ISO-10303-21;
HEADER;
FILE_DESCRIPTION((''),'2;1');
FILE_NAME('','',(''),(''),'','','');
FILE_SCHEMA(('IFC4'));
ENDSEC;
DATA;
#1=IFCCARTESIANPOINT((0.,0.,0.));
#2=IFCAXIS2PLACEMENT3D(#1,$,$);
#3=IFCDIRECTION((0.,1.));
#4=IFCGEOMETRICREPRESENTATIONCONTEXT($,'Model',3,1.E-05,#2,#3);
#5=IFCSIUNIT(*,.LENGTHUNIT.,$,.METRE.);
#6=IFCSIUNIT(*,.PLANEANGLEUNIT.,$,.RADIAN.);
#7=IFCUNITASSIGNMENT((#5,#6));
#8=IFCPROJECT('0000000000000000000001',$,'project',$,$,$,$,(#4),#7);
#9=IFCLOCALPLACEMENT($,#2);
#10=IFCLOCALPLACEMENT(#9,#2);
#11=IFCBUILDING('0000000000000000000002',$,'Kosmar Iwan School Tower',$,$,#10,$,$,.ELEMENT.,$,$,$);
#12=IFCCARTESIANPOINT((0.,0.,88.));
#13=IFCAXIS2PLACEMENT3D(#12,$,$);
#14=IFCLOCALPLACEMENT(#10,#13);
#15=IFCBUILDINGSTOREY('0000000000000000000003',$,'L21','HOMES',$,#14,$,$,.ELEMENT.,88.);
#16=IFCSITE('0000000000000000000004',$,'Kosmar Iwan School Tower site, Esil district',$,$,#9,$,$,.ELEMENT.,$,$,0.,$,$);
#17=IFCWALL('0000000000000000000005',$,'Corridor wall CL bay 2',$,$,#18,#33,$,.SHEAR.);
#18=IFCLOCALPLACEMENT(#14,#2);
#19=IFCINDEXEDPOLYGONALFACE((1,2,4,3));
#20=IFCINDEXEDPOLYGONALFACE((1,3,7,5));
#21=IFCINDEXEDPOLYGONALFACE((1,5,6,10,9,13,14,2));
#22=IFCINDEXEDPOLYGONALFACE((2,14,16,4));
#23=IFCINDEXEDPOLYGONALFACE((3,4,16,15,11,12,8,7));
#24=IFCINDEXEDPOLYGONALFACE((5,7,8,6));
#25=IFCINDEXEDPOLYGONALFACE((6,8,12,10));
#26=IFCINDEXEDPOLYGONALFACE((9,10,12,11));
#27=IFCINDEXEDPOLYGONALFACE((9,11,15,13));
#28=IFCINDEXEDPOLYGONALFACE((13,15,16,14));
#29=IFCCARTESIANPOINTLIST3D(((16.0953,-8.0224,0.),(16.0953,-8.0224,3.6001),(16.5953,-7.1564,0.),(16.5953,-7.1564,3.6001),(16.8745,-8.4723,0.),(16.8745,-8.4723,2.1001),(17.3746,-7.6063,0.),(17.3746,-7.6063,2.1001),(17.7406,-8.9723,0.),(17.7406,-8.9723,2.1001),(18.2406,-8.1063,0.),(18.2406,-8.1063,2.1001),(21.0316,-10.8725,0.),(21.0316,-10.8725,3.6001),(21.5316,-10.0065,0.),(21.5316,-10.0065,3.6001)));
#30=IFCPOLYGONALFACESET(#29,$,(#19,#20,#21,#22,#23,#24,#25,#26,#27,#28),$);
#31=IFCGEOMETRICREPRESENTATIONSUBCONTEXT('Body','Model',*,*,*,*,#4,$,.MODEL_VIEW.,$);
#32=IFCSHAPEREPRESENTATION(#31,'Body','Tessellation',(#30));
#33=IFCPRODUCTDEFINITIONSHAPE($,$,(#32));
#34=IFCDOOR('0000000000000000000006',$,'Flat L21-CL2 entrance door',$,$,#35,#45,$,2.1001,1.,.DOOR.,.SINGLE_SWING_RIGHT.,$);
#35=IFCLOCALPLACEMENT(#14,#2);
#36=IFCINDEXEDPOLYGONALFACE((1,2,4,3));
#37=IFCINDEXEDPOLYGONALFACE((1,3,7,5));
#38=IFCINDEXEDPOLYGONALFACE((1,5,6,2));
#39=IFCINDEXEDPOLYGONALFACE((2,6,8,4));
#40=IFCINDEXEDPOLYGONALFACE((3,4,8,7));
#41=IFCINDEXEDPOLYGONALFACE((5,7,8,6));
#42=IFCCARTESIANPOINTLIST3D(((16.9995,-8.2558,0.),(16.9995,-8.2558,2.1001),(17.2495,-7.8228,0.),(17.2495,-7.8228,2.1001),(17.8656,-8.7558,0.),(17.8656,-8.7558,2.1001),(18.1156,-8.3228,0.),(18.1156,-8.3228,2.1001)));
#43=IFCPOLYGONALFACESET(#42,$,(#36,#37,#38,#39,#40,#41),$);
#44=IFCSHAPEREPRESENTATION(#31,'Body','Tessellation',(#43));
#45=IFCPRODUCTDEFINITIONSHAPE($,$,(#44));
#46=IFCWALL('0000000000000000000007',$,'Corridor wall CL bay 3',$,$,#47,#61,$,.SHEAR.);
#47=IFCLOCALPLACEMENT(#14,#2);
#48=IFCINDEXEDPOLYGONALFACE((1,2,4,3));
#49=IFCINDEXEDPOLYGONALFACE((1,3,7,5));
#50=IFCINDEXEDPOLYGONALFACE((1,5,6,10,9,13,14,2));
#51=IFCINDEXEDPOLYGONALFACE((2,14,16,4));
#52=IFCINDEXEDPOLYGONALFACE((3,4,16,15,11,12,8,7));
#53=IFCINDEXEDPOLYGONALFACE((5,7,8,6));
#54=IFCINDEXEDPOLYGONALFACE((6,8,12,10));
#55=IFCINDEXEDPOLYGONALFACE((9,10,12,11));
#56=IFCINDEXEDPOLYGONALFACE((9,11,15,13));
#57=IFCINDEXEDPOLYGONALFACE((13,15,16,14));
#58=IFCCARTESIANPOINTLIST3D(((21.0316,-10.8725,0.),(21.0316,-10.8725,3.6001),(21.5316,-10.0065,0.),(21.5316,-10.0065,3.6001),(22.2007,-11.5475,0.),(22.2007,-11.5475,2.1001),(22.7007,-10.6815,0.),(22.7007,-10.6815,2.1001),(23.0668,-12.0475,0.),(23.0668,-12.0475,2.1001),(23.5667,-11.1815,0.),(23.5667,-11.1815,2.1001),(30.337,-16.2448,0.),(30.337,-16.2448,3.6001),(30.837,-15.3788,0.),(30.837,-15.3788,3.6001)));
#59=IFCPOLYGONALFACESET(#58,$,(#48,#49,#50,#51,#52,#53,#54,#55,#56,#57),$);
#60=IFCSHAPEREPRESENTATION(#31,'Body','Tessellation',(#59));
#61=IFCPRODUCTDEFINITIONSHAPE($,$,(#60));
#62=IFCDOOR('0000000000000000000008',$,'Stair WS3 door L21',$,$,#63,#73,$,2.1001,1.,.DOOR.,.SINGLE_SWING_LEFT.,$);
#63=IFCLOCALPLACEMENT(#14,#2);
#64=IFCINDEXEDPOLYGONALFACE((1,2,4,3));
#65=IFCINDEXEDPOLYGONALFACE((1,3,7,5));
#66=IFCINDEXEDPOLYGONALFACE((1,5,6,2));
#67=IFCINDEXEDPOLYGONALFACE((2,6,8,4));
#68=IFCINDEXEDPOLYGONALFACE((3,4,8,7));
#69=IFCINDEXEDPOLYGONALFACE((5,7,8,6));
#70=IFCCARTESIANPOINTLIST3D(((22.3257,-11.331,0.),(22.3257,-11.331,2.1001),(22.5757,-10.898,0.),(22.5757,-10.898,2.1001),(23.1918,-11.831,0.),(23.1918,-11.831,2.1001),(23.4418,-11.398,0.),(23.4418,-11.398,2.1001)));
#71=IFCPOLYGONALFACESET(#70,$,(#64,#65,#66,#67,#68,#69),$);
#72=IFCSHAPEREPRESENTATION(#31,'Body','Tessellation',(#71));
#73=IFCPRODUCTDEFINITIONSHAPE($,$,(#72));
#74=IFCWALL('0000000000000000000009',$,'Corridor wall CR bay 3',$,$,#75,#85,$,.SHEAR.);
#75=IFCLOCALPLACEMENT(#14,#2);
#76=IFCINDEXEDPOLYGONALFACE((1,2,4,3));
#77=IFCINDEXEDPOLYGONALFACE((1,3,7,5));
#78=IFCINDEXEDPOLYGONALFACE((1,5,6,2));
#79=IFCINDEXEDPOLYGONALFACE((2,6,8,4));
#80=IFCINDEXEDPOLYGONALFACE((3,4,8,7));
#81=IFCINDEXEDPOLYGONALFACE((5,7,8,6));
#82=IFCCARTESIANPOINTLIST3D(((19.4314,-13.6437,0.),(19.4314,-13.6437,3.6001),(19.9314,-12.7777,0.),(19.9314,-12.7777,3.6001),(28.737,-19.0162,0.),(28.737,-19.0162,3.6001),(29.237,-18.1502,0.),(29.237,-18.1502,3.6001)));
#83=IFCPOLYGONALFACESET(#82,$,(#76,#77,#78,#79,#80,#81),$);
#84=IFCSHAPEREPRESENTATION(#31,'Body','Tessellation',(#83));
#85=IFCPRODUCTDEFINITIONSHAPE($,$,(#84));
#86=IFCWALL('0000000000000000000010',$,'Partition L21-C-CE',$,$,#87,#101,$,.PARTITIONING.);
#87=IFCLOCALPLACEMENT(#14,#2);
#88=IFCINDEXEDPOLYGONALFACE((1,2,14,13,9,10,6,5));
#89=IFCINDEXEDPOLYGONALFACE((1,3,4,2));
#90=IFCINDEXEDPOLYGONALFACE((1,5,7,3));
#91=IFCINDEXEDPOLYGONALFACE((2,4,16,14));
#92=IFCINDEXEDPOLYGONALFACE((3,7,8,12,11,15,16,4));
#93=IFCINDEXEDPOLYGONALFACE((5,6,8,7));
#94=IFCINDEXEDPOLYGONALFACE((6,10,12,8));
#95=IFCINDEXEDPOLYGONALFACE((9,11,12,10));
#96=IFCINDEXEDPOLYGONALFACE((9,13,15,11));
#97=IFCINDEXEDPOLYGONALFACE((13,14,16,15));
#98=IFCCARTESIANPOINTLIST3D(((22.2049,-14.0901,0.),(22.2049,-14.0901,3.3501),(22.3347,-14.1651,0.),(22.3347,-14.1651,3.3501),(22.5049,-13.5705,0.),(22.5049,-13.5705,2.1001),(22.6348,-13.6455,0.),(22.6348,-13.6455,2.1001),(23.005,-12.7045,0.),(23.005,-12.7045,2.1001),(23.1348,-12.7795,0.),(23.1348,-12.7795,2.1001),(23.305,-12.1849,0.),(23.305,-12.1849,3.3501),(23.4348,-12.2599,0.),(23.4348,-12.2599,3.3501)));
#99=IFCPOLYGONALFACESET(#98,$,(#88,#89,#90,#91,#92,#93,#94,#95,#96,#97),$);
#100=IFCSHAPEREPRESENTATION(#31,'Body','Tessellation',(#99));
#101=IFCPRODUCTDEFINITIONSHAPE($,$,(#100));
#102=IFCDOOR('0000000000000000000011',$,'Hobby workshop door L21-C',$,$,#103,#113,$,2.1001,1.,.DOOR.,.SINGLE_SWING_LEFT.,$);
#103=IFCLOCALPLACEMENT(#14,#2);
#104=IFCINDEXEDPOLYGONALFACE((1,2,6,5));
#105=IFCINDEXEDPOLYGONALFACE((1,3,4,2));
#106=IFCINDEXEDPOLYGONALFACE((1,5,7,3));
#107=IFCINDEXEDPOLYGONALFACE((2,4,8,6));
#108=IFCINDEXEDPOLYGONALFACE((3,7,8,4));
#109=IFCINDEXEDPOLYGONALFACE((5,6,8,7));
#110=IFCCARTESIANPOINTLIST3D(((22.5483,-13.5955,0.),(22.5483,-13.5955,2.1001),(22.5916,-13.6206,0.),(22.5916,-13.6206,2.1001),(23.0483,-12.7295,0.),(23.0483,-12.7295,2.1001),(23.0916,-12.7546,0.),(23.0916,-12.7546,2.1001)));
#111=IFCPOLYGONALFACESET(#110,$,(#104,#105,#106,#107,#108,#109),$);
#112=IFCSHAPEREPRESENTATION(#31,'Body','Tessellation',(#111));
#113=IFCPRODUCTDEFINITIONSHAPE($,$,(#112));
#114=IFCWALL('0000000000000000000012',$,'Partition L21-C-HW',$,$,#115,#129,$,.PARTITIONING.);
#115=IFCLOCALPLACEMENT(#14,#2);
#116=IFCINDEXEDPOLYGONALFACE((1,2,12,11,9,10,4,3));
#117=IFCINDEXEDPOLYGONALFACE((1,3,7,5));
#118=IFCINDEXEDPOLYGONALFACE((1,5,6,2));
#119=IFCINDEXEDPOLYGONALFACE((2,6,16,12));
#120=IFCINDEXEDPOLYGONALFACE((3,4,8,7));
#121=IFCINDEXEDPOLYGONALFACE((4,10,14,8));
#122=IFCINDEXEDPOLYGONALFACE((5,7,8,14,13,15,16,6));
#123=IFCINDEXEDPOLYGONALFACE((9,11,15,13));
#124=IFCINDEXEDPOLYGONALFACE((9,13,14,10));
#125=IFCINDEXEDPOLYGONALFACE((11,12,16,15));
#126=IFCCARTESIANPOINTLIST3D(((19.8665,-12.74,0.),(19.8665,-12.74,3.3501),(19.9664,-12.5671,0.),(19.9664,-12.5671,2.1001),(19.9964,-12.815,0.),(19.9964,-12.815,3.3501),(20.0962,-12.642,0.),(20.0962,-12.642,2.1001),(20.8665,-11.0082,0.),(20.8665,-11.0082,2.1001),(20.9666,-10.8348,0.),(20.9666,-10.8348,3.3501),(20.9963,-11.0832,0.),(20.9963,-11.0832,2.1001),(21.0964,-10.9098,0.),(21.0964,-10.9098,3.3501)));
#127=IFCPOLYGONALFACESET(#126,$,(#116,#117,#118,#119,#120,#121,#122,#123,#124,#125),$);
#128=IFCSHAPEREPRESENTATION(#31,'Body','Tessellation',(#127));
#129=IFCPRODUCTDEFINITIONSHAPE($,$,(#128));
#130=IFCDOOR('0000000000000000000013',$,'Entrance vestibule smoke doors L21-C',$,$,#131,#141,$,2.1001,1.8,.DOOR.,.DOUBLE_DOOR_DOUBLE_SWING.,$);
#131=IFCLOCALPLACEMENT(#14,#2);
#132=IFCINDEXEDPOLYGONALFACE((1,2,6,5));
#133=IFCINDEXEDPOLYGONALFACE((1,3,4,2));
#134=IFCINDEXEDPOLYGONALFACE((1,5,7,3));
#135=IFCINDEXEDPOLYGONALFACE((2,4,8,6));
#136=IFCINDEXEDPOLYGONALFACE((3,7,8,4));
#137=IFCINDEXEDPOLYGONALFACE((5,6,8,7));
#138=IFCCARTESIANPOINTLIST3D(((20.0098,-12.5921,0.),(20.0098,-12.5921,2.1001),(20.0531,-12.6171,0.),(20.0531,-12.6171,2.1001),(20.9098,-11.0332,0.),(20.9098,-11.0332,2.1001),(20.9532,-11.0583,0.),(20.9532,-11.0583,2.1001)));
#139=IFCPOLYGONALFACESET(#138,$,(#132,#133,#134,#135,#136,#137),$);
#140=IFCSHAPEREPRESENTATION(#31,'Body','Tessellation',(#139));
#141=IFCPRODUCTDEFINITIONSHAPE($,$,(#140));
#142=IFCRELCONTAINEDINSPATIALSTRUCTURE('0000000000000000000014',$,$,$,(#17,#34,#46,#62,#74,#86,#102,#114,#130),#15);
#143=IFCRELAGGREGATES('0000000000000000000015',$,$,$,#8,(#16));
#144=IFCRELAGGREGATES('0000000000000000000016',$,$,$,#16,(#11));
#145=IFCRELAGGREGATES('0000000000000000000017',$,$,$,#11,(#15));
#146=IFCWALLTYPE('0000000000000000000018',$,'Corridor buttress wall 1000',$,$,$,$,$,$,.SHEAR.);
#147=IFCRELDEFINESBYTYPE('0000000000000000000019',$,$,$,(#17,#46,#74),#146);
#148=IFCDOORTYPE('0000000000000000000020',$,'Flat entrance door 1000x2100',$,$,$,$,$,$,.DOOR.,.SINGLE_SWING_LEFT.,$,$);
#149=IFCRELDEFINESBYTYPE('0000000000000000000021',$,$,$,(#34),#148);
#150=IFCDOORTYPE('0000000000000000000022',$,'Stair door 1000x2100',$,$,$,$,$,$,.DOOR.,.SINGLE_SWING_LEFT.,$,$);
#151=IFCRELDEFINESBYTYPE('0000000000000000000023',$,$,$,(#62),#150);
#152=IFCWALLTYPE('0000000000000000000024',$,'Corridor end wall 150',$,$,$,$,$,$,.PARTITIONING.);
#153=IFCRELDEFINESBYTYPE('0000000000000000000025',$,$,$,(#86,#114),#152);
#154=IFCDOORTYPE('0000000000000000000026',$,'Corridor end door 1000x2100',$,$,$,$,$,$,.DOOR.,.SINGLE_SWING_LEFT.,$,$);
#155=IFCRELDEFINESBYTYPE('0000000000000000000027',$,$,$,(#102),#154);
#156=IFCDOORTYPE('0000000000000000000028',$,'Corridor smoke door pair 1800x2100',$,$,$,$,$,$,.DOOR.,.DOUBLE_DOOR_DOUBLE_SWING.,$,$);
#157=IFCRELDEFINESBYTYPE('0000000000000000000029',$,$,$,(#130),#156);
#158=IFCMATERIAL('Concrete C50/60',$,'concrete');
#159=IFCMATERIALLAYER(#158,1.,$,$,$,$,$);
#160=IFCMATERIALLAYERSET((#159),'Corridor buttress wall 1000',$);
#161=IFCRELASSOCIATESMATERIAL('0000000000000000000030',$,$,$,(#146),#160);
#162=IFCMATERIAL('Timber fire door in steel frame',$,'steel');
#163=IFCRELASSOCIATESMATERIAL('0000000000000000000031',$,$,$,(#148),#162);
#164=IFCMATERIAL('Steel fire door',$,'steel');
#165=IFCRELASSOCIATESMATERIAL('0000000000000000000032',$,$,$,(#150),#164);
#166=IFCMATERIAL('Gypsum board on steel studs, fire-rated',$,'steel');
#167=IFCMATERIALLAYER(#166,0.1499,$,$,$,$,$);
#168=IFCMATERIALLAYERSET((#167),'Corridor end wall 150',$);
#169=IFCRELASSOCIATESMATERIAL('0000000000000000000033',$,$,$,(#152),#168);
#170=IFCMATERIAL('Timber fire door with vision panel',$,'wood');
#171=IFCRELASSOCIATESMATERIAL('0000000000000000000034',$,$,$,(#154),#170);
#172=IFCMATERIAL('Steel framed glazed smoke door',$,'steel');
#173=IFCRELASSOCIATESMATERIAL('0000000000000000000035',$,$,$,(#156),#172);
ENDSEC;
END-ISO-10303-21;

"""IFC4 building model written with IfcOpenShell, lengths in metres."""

from ifc_helpers import new_model, si_unit, direction, frame, frame_2d, origin, place, context, subcontext, project, spatial, rectangle, extrude, material, layer, layer_set, type_object, element, fill, save


model = new_model("IFC4")

# Units and contexts
model_context = context("Model", 3, precision=1e-05, world=origin(), true_north=direction((0.0, 1.0)))
body_context = subcontext(model_context, "Body", "Model", "MODEL_VIEW")
ifc_project = project(units=[si_unit("LENGTHUNIT", "METRE"), si_unit("PLANEANGLEUNIT", "RADIAN")], contexts=[model_context])

# Site, building, storey
site_placement = place(None, origin())
site = spatial("IfcSite", under=ifc_project, at=site_placement, Name="Kosmar Iwan School Tower site, Esil district", CompositionType="ELEMENT", RefElevation=0.0)
building_placement = place(site_placement, origin())
building = spatial("IfcBuilding", under=site, at=building_placement, Name="Kosmar Iwan School Tower", CompositionType="ELEMENT")
storey_placement = place(building_placement, frame((0.0, 0.0, 88.0)))
storey = spatial("IfcBuildingStorey", under=building, at=storey_placement, Name="L21", Description="HOMES", CompositionType="ELEMENT", Elevation=88.0)

# Walls, openings, doors
ifc_material_1 = material(Name="Concrete C50/60", Category="concrete")
ifc_layer_1 = layer(ifc_material_1, 1.0)
ifc_layer_set_1 = layer_set([ifc_layer_1], Name="Corridor buttress wall 1000")
wall_type_1 = type_object("IfcWallType", Name="Corridor buttress wall 1000", PredefinedType="SHEAR", material=ifc_layer_set_1)
wall_1_placement = place(storey_placement, frame((16.3452, -7.5894, 0.0), z_axis=(0.0, 0.0, 1.0), x_axis=(0.866015, -0.500018, 0.0)))
wall_1 = element("IfcWall", 1, at=wall_1_placement, inside=storey, type_object=wall_type_1, Name="Corridor wall CL bay 2", PredefinedType="SHEAR", context=body_context, shape_type="SweptSolid", body=[
    extrude(rectangle(XDim=5.7, YDim=1.0, at=frame_2d((2.8501, 0.0))), origin(), (0.0, 0.0, 1.0), 3.6001),
])
opening_1_placement = place(wall_1_placement, frame((0.8999, 0.0, 0.0)))
opening_1 = element("IfcOpeningElement", 2, at=opening_1_placement, cuts=wall_1, PredefinedType="OPENING", context=body_context, shape_type="SweptSolid", body=[
    extrude(rectangle(XDim=1.0, YDim=2.1001, at=frame_2d((0.5, 1.05))), frame((0.0, 0.512, 0.0), z_axis=(0.0, -1.0, 0.0), x_axis=(1.0, 0.0, 0.0)), (0.0, 0.0, 1.0), 1.0239),
])
ifc_material_2 = material(Name="Timber fire door in steel frame", Category="steel")
door_type_1 = type_object("IfcDoorType", Name="Flat entrance door 1000x2100", OperationType="SINGLE_SWING_LEFT", PredefinedType="DOOR", material=ifc_material_2)
door_1_placement = place(opening_1_placement, origin())
door_1 = element("IfcDoor", 3, at=door_1_placement, inside=storey, type_object=door_type_1, Name="Flat L21-CL2 entrance door", OperationType="SINGLE_SWING_RIGHT", OverallHeight=2.1001, OverallWidth=1.0, PredefinedType="DOOR", context=body_context, shape_type="SweptSolid", body=[
    extrude(rectangle(XDim=1.0, YDim=2.1001, at=frame_2d((0.5, 1.05))), frame((0.0, 0.25, 0.0), z_axis=(0.0, -1.0, 0.0), x_axis=(1.0, 0.0, 0.0)), (0.0, 0.0, 1.0), 0.5),
])
fill(opening_1, door_1)
wall_2_placement = place(storey_placement, frame((21.2815, -10.4395, 0.0), z_axis=(0.0, 0.0, 1.0), x_axis=(0.866032, -0.499988, 0.0)))
wall_2 = element("IfcWall", 4, at=wall_2_placement, inside=storey, type_object=wall_type_1, Name="Corridor wall CL bay 3", PredefinedType="SHEAR", context=body_context, shape_type="SweptSolid", body=[
    extrude(rectangle(XDim=10.7449, YDim=1.0, at=frame_2d((5.3726, 0.0))), origin(), (0.0, 0.0, 1.0), 3.6001),
])
opening_2_placement = place(wall_2_placement, frame((1.3501, 0.0, 0.0)))
opening_2 = element("IfcOpeningElement", 5, at=opening_2_placement, cuts=wall_2, PredefinedType="OPENING", context=body_context, shape_type="SweptSolid", body=[
    extrude(rectangle(XDim=1.0, YDim=2.1001, at=frame_2d((0.5, 1.05))), frame((0.0, 0.512, 0.0), z_axis=(0.0, -1.0, 0.0), x_axis=(1.0, 0.0, 0.0)), (0.0, 0.0, 1.0), 1.0239),
])
ifc_material_3 = material(Name="Steel fire door", Category="steel")
door_type_2 = type_object("IfcDoorType", Name="Stair door 1000x2100", OperationType="SINGLE_SWING_LEFT", PredefinedType="DOOR", material=ifc_material_3)
door_2_placement = place(opening_2_placement, origin())
door_2 = element("IfcDoor", 6, at=door_2_placement, inside=storey, type_object=door_type_2, Name="Stair WS3 door L21", OperationType="SINGLE_SWING_LEFT", OverallHeight=2.1001, OverallWidth=1.0, PredefinedType="DOOR", context=body_context, shape_type="SweptSolid", body=[
    extrude(rectangle(XDim=1.0, YDim=2.1001, at=frame_2d((0.5, 1.05))), frame((0.0, 0.25, 0.0), z_axis=(0.0, -1.0, 0.0), x_axis=(1.0, 0.0, 0.0)), (0.0, 0.0, 1.0), 0.5),
])
fill(opening_2, door_2)

# Wall
wall_3_placement = place(storey_placement, frame((19.6814, -13.2107, 0.0), z_axis=(0.0, 0.0, 1.0), x_axis=(0.866028, -0.499995, 0.0)))
element("IfcWall", 7, at=wall_3_placement, inside=storey, type_object=wall_type_1, Name="Corridor wall CR bay 3", PredefinedType="SHEAR", context=body_context, shape_type="SweptSolid", body=[
    extrude(rectangle(XDim=10.7451, YDim=1.0, at=frame_2d((5.3726, 0.0))), origin(), (0.0, 0.0, 1.0), 3.6001),
])

# Walls, openings, doors
ifc_material_4 = material(Name="Gypsum board on steel studs, fire-rated", Category="steel")
ifc_layer_2 = layer(ifc_material_4, 0.1499)
ifc_layer_set_2 = layer_set([ifc_layer_2], Name="Corridor end wall 150")
wall_type_2 = type_object("IfcWallType", Name="Corridor end wall 150", PredefinedType="PARTITIONING", material=ifc_layer_set_2)
wall_4_placement = place(storey_placement, frame((22.2698, -14.1277, 0.0), z_axis=(0.0, 0.0, 1.0), x_axis=(0.50003, 0.866008, 0.0)))
wall_4 = element("IfcWall", 8, at=wall_4_placement, inside=storey, type_object=wall_type_2, Name="Partition L21-C-CE", PredefinedType="PARTITIONING", context=body_context, shape_type="SweptSolid", body=[
    extrude(rectangle(XDim=2.2, YDim=0.1499, at=frame_2d((1.1001, 0.0))), origin(), (0.0, 0.0, 1.0), 3.3501),
])
opening_3_placement = place(wall_4_placement, frame((0.6001, 0.0, 0.0)))
opening_3 = element("IfcOpeningElement", 9, at=opening_3_placement, cuts=wall_4, PredefinedType="OPENING", context=body_context, shape_type="SweptSolid", body=[
    extrude(rectangle(XDim=1.0, YDim=2.1001, at=frame_2d((0.5, 1.05))), frame((0.0, 0.0869, 0.0), z_axis=(0.0, -1.0, 0.0), x_axis=(1.0, 0.0, 0.0)), (0.0, 0.0, 1.0), 0.1738),
])
ifc_material_5 = material(Name="Timber fire door with vision panel", Category="wood")
door_type_3 = type_object("IfcDoorType", Name="Corridor end door 1000x2100", OperationType="SINGLE_SWING_LEFT", PredefinedType="DOOR", material=ifc_material_5)
door_3_placement = place(opening_3_placement, origin())
door_3 = element("IfcDoor", 10, at=door_3_placement, inside=storey, type_object=door_type_3, Name="Hobby workshop door L21-C", OperationType="SINGLE_SWING_LEFT", OverallHeight=2.1001, OverallWidth=1.0, PredefinedType="DOOR", context=body_context, shape_type="SweptSolid", body=[
    extrude(rectangle(XDim=1.0, YDim=2.1001, at=frame_2d((0.5, 1.05))), frame((0.0, 0.0249, 0.0), z_axis=(0.0, -1.0, 0.0), x_axis=(1.0, 0.0, 0.0)), (0.0, 0.0, 1.0), 0.05),
])
fill(opening_3, door_3)
wall_5_placement = place(storey_placement, frame((19.9314, -12.7776, 0.0), z_axis=(0.0, 0.0, 1.0), x_axis=(0.50003, 0.866008, 0.0)))
wall_5 = element("IfcWall", 11, at=wall_5_placement, inside=storey, type_object=wall_type_2, Name="Partition L21-C-HW", PredefinedType="PARTITIONING", context=body_context, shape_type="SweptSolid", body=[
    extrude(rectangle(XDim=2.2, YDim=0.1499, at=frame_2d((1.1001, 0.0))), origin(), (0.0, 0.0, 1.0), 3.3501),
])
opening_4_placement = place(wall_5_placement, frame((0.2, 0.0, 0.0)))
opening_4 = element("IfcOpeningElement", 12, at=opening_4_placement, cuts=wall_5, PredefinedType="OPENING", context=body_context, shape_type="SweptSolid", body=[
    extrude(rectangle(XDim=1.8, YDim=2.1001, at=frame_2d((0.8999, 1.05))), frame((0.0, 0.0869, 0.0), z_axis=(0.0, -1.0, 0.0), x_axis=(1.0, 0.0, 0.0)), (0.0, 0.0, 1.0), 0.1738),
])
ifc_material_6 = material(Name="Steel framed glazed smoke door", Category="steel")
door_type_4 = type_object("IfcDoorType", Name="Corridor smoke door pair 1800x2100", OperationType="DOUBLE_DOOR_DOUBLE_SWING", PredefinedType="DOOR", material=ifc_material_6)
door_4_placement = place(opening_4_placement, origin())
door_4 = element("IfcDoor", 13, at=door_4_placement, inside=storey, type_object=door_type_4, Name="Entrance vestibule smoke doors L21-C", OperationType="DOUBLE_DOOR_DOUBLE_SWING", OverallHeight=2.1001, OverallWidth=1.8, PredefinedType="DOOR", context=body_context, shape_type="SweptSolid", body=[
    extrude(rectangle(XDim=1.8, YDim=2.1001, at=frame_2d((0.8999, 1.05))), frame((0.0, 0.0249, 0.0), z_axis=(0.0, -1.0, 0.0), x_axis=(1.0, 0.0, 0.0)), (0.0, 0.0, 1.0), 0.05),
])
fill(opening_4, door_4)

save(model, "model.ifc")
